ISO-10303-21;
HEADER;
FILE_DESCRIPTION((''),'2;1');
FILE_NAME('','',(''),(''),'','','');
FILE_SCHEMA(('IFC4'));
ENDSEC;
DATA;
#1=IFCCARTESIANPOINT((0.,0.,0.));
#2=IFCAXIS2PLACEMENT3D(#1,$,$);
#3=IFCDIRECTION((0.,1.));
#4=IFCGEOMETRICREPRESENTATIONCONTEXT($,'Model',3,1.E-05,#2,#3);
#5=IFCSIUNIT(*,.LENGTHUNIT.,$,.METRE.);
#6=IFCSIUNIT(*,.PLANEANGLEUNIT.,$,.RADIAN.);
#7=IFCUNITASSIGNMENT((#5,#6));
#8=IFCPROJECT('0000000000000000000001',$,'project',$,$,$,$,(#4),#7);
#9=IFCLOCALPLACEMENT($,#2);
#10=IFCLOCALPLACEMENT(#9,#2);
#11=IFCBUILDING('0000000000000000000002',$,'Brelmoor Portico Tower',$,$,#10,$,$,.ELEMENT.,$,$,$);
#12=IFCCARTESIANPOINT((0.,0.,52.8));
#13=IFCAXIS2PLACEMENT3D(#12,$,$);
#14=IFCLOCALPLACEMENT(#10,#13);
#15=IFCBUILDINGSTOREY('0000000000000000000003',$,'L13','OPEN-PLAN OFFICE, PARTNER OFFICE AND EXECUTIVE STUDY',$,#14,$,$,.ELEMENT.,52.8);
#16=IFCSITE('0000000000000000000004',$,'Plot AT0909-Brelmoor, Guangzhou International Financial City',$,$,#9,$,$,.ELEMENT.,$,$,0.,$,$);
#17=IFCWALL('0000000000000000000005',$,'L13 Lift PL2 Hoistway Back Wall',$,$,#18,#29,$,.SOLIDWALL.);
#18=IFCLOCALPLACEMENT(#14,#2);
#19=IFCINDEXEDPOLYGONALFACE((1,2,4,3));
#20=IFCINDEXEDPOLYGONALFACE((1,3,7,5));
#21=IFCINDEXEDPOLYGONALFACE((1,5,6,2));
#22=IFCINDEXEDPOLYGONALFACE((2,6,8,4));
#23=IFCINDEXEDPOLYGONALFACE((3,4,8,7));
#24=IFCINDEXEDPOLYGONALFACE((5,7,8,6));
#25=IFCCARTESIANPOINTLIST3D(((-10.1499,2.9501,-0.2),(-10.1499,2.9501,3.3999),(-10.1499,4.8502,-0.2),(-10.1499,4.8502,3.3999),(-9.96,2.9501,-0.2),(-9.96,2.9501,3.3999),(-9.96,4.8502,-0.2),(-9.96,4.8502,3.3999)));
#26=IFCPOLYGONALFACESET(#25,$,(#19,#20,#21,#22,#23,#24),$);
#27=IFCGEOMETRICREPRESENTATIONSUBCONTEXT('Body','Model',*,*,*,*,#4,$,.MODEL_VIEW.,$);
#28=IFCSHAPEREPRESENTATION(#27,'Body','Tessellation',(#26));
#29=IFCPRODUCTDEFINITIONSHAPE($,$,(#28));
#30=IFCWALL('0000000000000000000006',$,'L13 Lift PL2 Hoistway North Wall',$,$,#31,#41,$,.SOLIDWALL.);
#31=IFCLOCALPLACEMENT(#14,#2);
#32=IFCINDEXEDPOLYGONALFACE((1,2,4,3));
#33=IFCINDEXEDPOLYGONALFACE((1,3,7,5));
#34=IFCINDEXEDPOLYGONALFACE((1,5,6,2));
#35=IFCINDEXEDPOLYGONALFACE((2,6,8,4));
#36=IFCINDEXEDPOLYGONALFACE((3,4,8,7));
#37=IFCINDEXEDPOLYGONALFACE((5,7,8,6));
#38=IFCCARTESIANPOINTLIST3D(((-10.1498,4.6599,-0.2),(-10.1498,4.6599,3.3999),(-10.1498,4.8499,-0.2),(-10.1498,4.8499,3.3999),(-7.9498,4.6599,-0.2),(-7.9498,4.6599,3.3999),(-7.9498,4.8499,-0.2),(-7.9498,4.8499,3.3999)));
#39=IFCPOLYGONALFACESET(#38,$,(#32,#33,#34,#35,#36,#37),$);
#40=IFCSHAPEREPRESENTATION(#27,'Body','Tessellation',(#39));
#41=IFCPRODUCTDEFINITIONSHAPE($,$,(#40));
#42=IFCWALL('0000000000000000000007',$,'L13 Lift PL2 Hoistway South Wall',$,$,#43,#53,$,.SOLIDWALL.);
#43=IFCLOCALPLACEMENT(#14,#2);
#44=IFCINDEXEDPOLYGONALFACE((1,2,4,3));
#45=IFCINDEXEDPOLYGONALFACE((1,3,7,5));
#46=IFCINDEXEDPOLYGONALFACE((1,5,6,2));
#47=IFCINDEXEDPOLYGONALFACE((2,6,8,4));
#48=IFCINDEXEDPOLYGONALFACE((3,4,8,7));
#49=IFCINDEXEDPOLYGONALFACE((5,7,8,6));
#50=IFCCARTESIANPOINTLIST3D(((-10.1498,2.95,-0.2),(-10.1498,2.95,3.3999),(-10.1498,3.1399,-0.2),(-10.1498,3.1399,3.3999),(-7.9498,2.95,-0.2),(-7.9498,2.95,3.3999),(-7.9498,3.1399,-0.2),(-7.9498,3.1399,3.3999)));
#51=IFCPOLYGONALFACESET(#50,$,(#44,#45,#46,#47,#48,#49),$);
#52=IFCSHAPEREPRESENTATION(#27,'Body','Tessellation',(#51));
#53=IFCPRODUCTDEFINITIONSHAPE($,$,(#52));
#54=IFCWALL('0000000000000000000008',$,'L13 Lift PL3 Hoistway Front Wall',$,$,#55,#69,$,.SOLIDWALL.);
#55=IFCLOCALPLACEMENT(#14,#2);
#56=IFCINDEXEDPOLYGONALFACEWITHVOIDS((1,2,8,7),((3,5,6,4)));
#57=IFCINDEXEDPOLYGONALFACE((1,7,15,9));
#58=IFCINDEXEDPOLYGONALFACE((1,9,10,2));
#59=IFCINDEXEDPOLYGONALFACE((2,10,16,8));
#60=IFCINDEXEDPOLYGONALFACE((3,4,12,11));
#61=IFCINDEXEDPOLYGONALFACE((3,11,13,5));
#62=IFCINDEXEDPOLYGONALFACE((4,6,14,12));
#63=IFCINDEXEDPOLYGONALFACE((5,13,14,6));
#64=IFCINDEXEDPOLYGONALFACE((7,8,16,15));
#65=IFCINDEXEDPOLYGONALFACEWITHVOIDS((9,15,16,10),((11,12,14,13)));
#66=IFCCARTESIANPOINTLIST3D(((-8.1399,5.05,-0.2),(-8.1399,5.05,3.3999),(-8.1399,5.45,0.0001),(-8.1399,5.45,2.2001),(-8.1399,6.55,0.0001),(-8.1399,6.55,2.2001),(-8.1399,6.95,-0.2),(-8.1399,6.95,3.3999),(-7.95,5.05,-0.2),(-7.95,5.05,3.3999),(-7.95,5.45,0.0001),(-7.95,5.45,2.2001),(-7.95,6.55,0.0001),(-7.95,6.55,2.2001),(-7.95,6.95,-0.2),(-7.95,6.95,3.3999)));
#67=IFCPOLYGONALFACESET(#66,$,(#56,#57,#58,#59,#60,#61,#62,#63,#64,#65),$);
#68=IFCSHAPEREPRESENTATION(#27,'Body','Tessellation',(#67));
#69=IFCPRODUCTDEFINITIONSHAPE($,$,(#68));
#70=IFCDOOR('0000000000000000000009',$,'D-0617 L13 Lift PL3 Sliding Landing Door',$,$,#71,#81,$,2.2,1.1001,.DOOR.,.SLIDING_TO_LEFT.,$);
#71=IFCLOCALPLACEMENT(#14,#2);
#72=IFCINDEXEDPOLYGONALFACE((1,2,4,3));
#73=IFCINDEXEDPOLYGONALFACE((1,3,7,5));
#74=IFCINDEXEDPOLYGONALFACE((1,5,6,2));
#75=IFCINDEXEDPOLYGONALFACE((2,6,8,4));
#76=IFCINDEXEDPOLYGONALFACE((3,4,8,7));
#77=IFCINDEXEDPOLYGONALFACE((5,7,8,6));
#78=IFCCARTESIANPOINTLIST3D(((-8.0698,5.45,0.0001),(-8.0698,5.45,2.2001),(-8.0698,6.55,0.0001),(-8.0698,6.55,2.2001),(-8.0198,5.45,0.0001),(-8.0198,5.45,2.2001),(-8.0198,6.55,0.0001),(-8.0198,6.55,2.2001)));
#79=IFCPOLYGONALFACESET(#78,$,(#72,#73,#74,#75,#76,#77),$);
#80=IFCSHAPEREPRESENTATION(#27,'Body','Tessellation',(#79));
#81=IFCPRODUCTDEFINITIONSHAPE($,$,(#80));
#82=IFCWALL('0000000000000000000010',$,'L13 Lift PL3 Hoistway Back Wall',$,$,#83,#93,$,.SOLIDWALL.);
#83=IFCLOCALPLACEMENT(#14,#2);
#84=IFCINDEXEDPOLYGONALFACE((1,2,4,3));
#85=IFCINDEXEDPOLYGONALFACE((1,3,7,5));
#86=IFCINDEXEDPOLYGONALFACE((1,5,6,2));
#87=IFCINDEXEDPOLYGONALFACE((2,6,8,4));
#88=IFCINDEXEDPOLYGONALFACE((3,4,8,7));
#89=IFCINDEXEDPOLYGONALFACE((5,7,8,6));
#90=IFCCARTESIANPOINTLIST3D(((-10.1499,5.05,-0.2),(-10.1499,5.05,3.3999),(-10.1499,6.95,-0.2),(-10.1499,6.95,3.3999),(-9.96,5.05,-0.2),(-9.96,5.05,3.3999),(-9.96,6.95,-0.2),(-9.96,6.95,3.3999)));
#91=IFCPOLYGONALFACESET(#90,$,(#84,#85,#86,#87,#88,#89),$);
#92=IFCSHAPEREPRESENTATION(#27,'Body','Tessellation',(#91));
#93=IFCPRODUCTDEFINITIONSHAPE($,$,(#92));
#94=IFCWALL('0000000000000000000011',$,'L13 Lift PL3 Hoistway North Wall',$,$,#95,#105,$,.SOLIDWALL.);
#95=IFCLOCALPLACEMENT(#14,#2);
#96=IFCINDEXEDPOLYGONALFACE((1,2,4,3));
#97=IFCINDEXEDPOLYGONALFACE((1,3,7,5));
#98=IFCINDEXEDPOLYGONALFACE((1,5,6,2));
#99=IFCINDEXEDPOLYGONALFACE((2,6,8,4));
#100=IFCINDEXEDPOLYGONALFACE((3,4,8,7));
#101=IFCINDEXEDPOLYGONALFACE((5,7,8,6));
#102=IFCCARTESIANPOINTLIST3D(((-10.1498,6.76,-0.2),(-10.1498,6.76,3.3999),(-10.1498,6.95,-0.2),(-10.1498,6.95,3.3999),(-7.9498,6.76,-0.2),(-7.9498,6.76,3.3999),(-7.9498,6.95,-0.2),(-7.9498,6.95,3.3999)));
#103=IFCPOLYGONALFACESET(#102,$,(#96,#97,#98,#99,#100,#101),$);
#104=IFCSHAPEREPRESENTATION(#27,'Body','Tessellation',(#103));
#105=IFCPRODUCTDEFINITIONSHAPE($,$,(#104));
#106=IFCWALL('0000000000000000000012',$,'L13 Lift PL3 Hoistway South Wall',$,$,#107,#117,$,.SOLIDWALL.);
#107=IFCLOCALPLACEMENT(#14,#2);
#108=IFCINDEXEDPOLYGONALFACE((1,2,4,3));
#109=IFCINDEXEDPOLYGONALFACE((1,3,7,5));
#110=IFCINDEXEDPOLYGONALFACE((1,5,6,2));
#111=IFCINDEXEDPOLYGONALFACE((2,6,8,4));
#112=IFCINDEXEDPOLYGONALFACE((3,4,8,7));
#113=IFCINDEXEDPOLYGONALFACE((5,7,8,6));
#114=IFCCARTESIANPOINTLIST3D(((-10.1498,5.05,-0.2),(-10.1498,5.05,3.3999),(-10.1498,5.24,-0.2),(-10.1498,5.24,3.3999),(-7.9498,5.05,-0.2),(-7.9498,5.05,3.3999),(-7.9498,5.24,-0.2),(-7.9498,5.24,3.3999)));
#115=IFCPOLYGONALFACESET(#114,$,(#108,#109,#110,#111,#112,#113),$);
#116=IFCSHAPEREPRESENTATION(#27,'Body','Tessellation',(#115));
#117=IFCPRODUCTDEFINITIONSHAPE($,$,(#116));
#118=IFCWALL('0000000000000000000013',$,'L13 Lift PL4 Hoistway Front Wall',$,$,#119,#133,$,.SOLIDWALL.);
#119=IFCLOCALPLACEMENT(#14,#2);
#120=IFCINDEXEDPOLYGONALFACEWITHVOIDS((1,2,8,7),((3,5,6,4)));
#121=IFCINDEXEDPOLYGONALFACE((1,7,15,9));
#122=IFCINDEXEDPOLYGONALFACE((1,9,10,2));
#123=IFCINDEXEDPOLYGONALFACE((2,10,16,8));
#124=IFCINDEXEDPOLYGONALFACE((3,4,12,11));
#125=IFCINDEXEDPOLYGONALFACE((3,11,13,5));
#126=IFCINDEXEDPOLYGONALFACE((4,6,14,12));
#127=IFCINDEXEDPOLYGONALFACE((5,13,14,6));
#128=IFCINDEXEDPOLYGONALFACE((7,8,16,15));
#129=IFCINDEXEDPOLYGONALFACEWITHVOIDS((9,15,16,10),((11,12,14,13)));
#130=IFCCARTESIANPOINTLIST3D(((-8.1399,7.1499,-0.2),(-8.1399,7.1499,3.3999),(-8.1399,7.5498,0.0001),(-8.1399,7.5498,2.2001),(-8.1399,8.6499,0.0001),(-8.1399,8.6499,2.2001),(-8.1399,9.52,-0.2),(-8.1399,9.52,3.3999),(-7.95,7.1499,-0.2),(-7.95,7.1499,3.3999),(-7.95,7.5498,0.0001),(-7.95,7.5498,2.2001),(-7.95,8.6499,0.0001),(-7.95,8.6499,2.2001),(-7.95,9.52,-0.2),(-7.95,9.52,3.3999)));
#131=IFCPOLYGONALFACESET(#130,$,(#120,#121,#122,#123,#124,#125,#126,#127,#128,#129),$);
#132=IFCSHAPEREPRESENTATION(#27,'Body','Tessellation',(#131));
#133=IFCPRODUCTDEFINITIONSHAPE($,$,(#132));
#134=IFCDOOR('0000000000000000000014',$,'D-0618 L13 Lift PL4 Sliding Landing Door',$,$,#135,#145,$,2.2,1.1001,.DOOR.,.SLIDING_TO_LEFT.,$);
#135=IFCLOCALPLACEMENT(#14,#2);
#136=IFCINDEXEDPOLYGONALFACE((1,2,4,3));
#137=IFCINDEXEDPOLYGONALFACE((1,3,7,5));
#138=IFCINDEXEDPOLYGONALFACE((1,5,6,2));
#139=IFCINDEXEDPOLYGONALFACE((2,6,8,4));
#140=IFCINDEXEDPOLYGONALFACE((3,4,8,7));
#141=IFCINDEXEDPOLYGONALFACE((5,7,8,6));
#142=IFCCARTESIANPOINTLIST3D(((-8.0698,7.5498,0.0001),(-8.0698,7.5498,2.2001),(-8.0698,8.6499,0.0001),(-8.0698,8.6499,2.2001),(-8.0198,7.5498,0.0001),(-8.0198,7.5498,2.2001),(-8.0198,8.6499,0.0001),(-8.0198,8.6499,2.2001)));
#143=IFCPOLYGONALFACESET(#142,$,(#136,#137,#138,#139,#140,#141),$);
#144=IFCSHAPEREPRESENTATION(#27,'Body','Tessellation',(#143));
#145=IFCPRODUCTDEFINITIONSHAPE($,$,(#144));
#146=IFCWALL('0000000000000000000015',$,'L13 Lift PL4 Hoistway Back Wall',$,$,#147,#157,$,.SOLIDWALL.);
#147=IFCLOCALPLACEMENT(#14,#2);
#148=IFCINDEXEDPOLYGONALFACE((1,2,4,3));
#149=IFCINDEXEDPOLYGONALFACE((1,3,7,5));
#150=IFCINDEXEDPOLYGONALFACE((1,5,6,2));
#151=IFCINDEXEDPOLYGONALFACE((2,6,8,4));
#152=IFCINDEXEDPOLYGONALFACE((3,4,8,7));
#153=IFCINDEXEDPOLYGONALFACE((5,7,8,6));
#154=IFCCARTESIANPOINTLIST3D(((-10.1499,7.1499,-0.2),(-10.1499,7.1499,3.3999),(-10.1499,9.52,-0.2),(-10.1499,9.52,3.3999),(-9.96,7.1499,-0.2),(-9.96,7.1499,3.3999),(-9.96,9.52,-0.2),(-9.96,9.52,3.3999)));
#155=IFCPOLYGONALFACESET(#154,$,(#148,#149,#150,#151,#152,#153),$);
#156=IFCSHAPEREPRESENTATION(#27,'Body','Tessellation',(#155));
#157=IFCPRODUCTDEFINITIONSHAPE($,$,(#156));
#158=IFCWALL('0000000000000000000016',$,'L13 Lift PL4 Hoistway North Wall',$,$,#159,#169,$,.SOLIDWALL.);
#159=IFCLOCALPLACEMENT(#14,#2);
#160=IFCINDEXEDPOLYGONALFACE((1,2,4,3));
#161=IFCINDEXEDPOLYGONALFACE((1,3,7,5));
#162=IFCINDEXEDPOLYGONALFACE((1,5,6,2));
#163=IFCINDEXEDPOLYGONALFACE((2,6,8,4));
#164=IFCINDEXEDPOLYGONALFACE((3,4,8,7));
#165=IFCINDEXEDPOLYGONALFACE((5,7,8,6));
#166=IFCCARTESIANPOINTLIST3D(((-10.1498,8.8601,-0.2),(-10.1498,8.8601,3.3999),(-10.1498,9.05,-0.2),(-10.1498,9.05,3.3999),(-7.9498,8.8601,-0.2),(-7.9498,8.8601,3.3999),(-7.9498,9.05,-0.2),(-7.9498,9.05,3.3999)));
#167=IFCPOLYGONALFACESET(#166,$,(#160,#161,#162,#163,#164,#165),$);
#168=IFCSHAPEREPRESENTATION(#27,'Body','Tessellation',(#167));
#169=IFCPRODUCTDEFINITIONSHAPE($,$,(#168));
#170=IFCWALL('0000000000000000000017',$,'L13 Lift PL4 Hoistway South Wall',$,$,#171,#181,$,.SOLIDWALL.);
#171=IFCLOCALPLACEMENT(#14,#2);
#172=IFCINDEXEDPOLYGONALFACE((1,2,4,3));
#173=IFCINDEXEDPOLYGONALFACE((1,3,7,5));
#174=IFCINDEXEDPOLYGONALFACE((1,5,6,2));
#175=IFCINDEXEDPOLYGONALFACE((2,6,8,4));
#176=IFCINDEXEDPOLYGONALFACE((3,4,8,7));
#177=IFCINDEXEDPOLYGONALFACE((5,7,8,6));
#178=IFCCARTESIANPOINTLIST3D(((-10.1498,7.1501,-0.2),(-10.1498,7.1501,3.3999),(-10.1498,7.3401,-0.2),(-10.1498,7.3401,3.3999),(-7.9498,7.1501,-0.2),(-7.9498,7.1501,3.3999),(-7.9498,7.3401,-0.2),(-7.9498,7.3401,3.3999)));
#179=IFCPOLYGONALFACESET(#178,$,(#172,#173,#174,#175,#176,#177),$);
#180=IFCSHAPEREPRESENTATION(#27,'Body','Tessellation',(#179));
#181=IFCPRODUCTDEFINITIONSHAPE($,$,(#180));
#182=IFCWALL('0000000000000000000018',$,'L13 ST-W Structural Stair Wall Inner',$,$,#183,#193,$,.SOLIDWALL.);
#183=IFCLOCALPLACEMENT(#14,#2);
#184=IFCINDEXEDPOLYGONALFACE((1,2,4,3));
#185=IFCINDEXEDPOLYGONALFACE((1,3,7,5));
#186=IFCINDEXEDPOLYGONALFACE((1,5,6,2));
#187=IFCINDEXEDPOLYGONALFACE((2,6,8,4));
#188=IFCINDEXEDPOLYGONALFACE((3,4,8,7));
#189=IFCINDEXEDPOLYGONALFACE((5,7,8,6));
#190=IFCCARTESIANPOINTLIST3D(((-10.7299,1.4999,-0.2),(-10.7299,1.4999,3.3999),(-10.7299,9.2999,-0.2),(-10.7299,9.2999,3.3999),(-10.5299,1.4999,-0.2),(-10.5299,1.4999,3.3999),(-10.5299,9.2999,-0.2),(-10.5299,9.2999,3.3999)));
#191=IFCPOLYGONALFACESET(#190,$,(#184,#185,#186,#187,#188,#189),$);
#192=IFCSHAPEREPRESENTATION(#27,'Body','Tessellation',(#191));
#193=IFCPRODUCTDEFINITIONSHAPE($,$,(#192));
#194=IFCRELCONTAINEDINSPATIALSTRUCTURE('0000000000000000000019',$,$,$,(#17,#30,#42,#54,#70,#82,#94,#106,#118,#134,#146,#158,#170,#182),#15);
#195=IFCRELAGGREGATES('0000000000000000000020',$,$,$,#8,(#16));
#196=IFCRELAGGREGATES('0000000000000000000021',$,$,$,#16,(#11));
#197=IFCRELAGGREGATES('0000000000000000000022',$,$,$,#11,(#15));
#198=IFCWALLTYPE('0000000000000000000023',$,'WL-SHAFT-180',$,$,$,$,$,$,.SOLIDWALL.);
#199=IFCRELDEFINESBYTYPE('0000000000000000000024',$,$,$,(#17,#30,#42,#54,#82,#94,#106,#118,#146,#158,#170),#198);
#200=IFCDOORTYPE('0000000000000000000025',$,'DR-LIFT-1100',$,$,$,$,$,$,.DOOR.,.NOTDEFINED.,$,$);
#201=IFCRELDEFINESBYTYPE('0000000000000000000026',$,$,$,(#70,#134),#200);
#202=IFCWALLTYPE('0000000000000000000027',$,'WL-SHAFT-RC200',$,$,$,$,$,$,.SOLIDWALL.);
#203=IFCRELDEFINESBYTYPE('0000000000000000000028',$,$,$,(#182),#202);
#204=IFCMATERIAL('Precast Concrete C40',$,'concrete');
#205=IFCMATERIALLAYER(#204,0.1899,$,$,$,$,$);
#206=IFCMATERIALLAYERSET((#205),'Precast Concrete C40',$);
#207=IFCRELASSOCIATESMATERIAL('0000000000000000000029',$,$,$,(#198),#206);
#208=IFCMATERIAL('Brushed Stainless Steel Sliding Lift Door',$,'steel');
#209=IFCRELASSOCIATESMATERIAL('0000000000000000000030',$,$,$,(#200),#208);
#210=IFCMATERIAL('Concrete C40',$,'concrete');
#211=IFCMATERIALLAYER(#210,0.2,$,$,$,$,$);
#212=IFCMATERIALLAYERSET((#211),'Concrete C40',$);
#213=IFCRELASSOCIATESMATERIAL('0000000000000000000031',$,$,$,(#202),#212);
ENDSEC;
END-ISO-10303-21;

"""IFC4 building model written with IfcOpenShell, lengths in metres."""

from ifc_helpers import new_model, si_unit, direction, frame, frame_2d, origin, place, context, subcontext, project, spatial, rectangle, extrude, material, layer, layer_set, type_object, element, fill, save


model = new_model("IFC4")

# Units and contexts
model_context = context("Model", 3, precision=1e-05, world=origin(), true_north=direction((0.0, 1.0)))
body_context = subcontext(model_context, "Body", "Model", "MODEL_VIEW")
ifc_project = project(units=[si_unit("LENGTHUNIT", "METRE"), si_unit("PLANEANGLEUNIT", "RADIAN")], contexts=[model_context])

# Site, building, storey
site_placement = place(None, origin())
site = spatial("IfcSite", under=ifc_project, at=site_placement, Name="Plot AT0909-Brelmoor, Guangzhou International Financial City", CompositionType="ELEMENT", RefElevation=0.0)
building_placement = place(site_placement, origin())
building = spatial("IfcBuilding", under=site, at=building_placement, Name="Brelmoor Portico Tower", CompositionType="ELEMENT")
storey_placement = place(building_placement, frame((0.0, 0.0, 52.8)))
storey = spatial("IfcBuildingStorey", under=building, at=storey_placement, Name="L13", Description="OPEN-PLAN OFFICE, PARTNER OFFICE AND EXECUTIVE STUDY", CompositionType="ELEMENT", Elevation=52.8)

# Shared definitions
ifc_material_1 = material(Name="Precast Concrete C40", Category="concrete")
ifc_layer_1 = layer(ifc_material_1, 0.1899)
ifc_layer_set_1 = layer_set([ifc_layer_1], Name="Precast Concrete C40")
wall_type_1 = type_object("IfcWallType", Name="WL-SHAFT-180", PredefinedType="SOLIDWALL", material=ifc_layer_set_1)
ifc_material_2 = material(Name="Brushed Stainless Steel Sliding Lift Door", Category="steel")
door_type = type_object("IfcDoorType", Name="DR-LIFT-1100", OperationType="NOTDEFINED", PredefinedType="DOOR", material=ifc_material_2)

# Walls
wall_1_placement = place(storey_placement, frame((-10.0549, 2.95, -0.2), z_axis=(0.0, 0.0, 1.0), x_axis=(0.0, 1.0, 0.0)))
element("IfcWall", 1, at=wall_1_placement, inside=storey, type_object=wall_type_1, Name="L13 Lift PL2 Hoistway Back Wall", PredefinedType="SOLIDWALL", context=body_context, shape_type="SweptSolid", body=[
    extrude(rectangle(XDim=1.9001, YDim=0.1899, at=frame_2d((0.9502, 0.0))), origin(), (0.0, 0.0, 1.0), 3.5999),
])
for number, where, z_axis, x_axis, name in (
    (2, (-10.1499, 4.7549, -0.2), (0.0, 0.0, 1.0), (1.0, 0.0, 0.0), "L13 Lift PL2 Hoistway North Wall"),
    (3, (-10.1499, 3.0449, -0.2), (0.0, 0.0, 1.0), (1.0, 0.0, 0.0), "L13 Lift PL2 Hoistway South Wall"),
):
    element("IfcWall", number, at=place(storey_placement, frame(where, z_axis=z_axis, x_axis=x_axis)), inside=storey, type_object=wall_type_1, Name=name, PredefinedType="SOLIDWALL", context=body_context, shape_type="SweptSolid", body=[
        extrude(rectangle(XDim=2.2, YDim=0.1899, at=frame_2d((1.1001, 0.0))), origin(), (0.0, 0.0, 1.0), 3.5999),
    ])

# Wall, opening, door
wall_2_placement = place(storey_placement, frame((-8.0449, 5.05, -0.2), z_axis=(0.0, 0.0, 1.0), x_axis=(0.0, 1.0, 0.0)))
wall_2 = element("IfcWall", 4, at=wall_2_placement, inside=storey, type_object=wall_type_1, Name="L13 Lift PL3 Hoistway Front Wall", PredefinedType="SOLIDWALL", context=body_context, shape_type="SweptSolid", body=[
    extrude(rectangle(XDim=1.8999, YDim=0.1899, at=frame_2d((0.95, 0.0))), origin(), (0.0, 0.0, 1.0), 3.5999),
])
opening_1_placement = place(wall_2_placement, frame((0.3999, 0.0, 0.2)))
opening_1 = element("IfcOpeningElement", 5, at=opening_1_placement, cuts=wall_2, PredefinedType="OPENING", context=body_context, shape_type="SweptSolid", body=[
    extrude(rectangle(XDim=1.1001, YDim=2.2, at=frame_2d((0.55, 1.1001))), frame((0.0, 0.105, 0.0), z_axis=(0.0, -1.0, 0.0), x_axis=(1.0, 0.0, 0.0)), (0.0, 0.0, 1.0), 0.21),
])
door_1_placement = place(opening_1_placement, origin())
door_1 = element("IfcDoor", 6, at=door_1_placement, inside=storey, type_object=door_type, Name="D-0617 L13 Lift PL3 Sliding Landing Door", OperationType="SLIDING_TO_LEFT", OverallHeight=2.2, OverallWidth=1.1001, PredefinedType="DOOR", context=body_context, shape_type="SweptSolid", body=[
    extrude(rectangle(XDim=1.1001, YDim=2.2, at=frame_2d((0.55, 1.1001))), frame((0.0, 0.0249, 0.0), z_axis=(0.0, -1.0, 0.0), x_axis=(1.0, 0.0, 0.0)), (0.0, 0.0, 1.0), 0.05),
])
fill(opening_1, door_1)

# Walls
wall_3_placement = place(storey_placement, frame((-10.0549, 5.05, -0.2), z_axis=(0.0, 0.0, 1.0), x_axis=(0.0, 1.0, 0.0)))
element("IfcWall", 7, at=wall_3_placement, inside=storey, type_object=wall_type_1, Name="L13 Lift PL3 Hoistway Back Wall", PredefinedType="SOLIDWALL", context=body_context, shape_type="SweptSolid", body=[
    extrude(rectangle(XDim=1.8999, YDim=0.1899, at=frame_2d((0.95, 0.0))), origin(), (0.0, 0.0, 1.0), 3.5999),
])
for number, where, z_axis, x_axis, name in (
    (8, (-10.1499, 6.855, -0.2), (0.0, 0.0, 1.0), (1.0, 0.0, 0.0), "L13 Lift PL3 Hoistway North Wall"),
    (9, (-10.1499, 5.145, -0.2), (0.0, 0.0, 1.0), (1.0, 0.0, 0.0), "L13 Lift PL3 Hoistway South Wall"),
):
    element("IfcWall", number, at=place(storey_placement, frame(where, z_axis=z_axis, x_axis=x_axis)), inside=storey, type_object=wall_type_1, Name=name, PredefinedType="SOLIDWALL", context=body_context, shape_type="SweptSolid", body=[
        extrude(rectangle(XDim=2.2, YDim=0.1899, at=frame_2d((1.1001, 0.0))), origin(), (0.0, 0.0, 1.0), 3.5999),
    ])

# Wall, opening, door
wall_4_placement = place(storey_placement, frame((-8.0449, 7.1499, -0.2), z_axis=(0.0, 0.0, 1.0), x_axis=(0.0, 1.0, 0.0)))
wall_4 = element("IfcWall", 10, at=wall_4_placement, inside=storey, type_object=wall_type_1, Name="L13 Lift PL4 Hoistway Front Wall", PredefinedType="SOLIDWALL", context=body_context, shape_type="SweptSolid", body=[
    extrude(rectangle(XDim=2.3701, YDim=0.1899, at=frame_2d((1.1851, 0.0))), origin(), (0.0, 0.0, 1.0), 3.5999),
])
opening_2_placement = place(wall_4_placement, frame((0.3999, 0.0, 0.2)))
opening_2 = element("IfcOpeningElement", 11, at=opening_2_placement, cuts=wall_4, PredefinedType="OPENING", context=body_context, shape_type="SweptSolid", body=[
    extrude(rectangle(XDim=1.1001, YDim=2.2, at=frame_2d((0.55, 1.1001))), frame((0.0, 0.105, 0.0), z_axis=(0.0, -1.0, 0.0), x_axis=(1.0, 0.0, 0.0)), (0.0, 0.0, 1.0), 0.21),
])
door_2_placement = place(opening_2_placement, origin())
door_2 = element("IfcDoor", 12, at=door_2_placement, inside=storey, type_object=door_type, Name="D-0618 L13 Lift PL4 Sliding Landing Door", OperationType="SLIDING_TO_LEFT", OverallHeight=2.2, OverallWidth=1.1001, PredefinedType="DOOR", context=body_context, shape_type="SweptSolid", body=[
    extrude(rectangle(XDim=1.1001, YDim=2.2, at=frame_2d((0.55, 1.1001))), frame((0.0, 0.0249, 0.0), z_axis=(0.0, -1.0, 0.0), x_axis=(1.0, 0.0, 0.0)), (0.0, 0.0, 1.0), 0.05),
])
fill(opening_2, door_2)

# Walls
wall_5_placement = place(storey_placement, frame((-10.0549, 7.1499, -0.2), z_axis=(0.0, 0.0, 1.0), x_axis=(0.0, 1.0, 0.0)))
element("IfcWall", 13, at=wall_5_placement, inside=storey, type_object=wall_type_1, Name="L13 Lift PL4 Hoistway Back Wall", PredefinedType="SOLIDWALL", context=body_context, shape_type="SweptSolid", body=[
    extrude(rectangle(XDim=2.3701, YDim=0.1899, at=frame_2d((1.1851, 0.0))), origin(), (0.0, 0.0, 1.0), 3.5999),
])
for number, where, z_axis, x_axis, name in (
    (14, (-10.1499, 8.9551, -0.2), (0.0, 0.0, 1.0), (1.0, 0.0, 0.0), "L13 Lift PL4 Hoistway North Wall"),
    (15, (-10.1499, 7.2451, -0.2), (0.0, 0.0, 1.0), (1.0, 0.0, 0.0), "L13 Lift PL4 Hoistway South Wall"),
):
    element("IfcWall", number, at=place(storey_placement, frame(where, z_axis=z_axis, x_axis=x_axis)), inside=storey, type_object=wall_type_1, Name=name, PredefinedType="SOLIDWALL", context=body_context, shape_type="SweptSolid", body=[
        extrude(rectangle(XDim=2.2, YDim=0.1899, at=frame_2d((1.1001, 0.0))), origin(), (0.0, 0.0, 1.0), 3.5999),
    ])
ifc_material_3 = material(Name="Concrete C40", Category="concrete")
ifc_layer_2 = layer(ifc_material_3, 0.2)
ifc_layer_set_2 = layer_set([ifc_layer_2], Name="Concrete C40")
wall_type_2 = type_object("IfcWallType", Name="WL-SHAFT-RC200", PredefinedType="SOLIDWALL", material=ifc_layer_set_2)
wall_6_placement = place(storey_placement, frame((-10.6299, 1.5, -0.2), z_axis=(0.0, 0.0, 1.0), x_axis=(0.0, 1.0, 0.0)))
element("IfcWall", 16, at=wall_6_placement, inside=storey, type_object=wall_type_2, Name="L13 ST-W Structural Stair Wall Inner", PredefinedType="SOLIDWALL", context=body_context, shape_type="SweptSolid", body=[
    extrude(rectangle(XDim=7.8, YDim=0.2, at=frame_2d((3.8999, 0.0))), origin(), (0.0, 0.0, 1.0), 3.5999),
])

save(model, "model.ifc")
